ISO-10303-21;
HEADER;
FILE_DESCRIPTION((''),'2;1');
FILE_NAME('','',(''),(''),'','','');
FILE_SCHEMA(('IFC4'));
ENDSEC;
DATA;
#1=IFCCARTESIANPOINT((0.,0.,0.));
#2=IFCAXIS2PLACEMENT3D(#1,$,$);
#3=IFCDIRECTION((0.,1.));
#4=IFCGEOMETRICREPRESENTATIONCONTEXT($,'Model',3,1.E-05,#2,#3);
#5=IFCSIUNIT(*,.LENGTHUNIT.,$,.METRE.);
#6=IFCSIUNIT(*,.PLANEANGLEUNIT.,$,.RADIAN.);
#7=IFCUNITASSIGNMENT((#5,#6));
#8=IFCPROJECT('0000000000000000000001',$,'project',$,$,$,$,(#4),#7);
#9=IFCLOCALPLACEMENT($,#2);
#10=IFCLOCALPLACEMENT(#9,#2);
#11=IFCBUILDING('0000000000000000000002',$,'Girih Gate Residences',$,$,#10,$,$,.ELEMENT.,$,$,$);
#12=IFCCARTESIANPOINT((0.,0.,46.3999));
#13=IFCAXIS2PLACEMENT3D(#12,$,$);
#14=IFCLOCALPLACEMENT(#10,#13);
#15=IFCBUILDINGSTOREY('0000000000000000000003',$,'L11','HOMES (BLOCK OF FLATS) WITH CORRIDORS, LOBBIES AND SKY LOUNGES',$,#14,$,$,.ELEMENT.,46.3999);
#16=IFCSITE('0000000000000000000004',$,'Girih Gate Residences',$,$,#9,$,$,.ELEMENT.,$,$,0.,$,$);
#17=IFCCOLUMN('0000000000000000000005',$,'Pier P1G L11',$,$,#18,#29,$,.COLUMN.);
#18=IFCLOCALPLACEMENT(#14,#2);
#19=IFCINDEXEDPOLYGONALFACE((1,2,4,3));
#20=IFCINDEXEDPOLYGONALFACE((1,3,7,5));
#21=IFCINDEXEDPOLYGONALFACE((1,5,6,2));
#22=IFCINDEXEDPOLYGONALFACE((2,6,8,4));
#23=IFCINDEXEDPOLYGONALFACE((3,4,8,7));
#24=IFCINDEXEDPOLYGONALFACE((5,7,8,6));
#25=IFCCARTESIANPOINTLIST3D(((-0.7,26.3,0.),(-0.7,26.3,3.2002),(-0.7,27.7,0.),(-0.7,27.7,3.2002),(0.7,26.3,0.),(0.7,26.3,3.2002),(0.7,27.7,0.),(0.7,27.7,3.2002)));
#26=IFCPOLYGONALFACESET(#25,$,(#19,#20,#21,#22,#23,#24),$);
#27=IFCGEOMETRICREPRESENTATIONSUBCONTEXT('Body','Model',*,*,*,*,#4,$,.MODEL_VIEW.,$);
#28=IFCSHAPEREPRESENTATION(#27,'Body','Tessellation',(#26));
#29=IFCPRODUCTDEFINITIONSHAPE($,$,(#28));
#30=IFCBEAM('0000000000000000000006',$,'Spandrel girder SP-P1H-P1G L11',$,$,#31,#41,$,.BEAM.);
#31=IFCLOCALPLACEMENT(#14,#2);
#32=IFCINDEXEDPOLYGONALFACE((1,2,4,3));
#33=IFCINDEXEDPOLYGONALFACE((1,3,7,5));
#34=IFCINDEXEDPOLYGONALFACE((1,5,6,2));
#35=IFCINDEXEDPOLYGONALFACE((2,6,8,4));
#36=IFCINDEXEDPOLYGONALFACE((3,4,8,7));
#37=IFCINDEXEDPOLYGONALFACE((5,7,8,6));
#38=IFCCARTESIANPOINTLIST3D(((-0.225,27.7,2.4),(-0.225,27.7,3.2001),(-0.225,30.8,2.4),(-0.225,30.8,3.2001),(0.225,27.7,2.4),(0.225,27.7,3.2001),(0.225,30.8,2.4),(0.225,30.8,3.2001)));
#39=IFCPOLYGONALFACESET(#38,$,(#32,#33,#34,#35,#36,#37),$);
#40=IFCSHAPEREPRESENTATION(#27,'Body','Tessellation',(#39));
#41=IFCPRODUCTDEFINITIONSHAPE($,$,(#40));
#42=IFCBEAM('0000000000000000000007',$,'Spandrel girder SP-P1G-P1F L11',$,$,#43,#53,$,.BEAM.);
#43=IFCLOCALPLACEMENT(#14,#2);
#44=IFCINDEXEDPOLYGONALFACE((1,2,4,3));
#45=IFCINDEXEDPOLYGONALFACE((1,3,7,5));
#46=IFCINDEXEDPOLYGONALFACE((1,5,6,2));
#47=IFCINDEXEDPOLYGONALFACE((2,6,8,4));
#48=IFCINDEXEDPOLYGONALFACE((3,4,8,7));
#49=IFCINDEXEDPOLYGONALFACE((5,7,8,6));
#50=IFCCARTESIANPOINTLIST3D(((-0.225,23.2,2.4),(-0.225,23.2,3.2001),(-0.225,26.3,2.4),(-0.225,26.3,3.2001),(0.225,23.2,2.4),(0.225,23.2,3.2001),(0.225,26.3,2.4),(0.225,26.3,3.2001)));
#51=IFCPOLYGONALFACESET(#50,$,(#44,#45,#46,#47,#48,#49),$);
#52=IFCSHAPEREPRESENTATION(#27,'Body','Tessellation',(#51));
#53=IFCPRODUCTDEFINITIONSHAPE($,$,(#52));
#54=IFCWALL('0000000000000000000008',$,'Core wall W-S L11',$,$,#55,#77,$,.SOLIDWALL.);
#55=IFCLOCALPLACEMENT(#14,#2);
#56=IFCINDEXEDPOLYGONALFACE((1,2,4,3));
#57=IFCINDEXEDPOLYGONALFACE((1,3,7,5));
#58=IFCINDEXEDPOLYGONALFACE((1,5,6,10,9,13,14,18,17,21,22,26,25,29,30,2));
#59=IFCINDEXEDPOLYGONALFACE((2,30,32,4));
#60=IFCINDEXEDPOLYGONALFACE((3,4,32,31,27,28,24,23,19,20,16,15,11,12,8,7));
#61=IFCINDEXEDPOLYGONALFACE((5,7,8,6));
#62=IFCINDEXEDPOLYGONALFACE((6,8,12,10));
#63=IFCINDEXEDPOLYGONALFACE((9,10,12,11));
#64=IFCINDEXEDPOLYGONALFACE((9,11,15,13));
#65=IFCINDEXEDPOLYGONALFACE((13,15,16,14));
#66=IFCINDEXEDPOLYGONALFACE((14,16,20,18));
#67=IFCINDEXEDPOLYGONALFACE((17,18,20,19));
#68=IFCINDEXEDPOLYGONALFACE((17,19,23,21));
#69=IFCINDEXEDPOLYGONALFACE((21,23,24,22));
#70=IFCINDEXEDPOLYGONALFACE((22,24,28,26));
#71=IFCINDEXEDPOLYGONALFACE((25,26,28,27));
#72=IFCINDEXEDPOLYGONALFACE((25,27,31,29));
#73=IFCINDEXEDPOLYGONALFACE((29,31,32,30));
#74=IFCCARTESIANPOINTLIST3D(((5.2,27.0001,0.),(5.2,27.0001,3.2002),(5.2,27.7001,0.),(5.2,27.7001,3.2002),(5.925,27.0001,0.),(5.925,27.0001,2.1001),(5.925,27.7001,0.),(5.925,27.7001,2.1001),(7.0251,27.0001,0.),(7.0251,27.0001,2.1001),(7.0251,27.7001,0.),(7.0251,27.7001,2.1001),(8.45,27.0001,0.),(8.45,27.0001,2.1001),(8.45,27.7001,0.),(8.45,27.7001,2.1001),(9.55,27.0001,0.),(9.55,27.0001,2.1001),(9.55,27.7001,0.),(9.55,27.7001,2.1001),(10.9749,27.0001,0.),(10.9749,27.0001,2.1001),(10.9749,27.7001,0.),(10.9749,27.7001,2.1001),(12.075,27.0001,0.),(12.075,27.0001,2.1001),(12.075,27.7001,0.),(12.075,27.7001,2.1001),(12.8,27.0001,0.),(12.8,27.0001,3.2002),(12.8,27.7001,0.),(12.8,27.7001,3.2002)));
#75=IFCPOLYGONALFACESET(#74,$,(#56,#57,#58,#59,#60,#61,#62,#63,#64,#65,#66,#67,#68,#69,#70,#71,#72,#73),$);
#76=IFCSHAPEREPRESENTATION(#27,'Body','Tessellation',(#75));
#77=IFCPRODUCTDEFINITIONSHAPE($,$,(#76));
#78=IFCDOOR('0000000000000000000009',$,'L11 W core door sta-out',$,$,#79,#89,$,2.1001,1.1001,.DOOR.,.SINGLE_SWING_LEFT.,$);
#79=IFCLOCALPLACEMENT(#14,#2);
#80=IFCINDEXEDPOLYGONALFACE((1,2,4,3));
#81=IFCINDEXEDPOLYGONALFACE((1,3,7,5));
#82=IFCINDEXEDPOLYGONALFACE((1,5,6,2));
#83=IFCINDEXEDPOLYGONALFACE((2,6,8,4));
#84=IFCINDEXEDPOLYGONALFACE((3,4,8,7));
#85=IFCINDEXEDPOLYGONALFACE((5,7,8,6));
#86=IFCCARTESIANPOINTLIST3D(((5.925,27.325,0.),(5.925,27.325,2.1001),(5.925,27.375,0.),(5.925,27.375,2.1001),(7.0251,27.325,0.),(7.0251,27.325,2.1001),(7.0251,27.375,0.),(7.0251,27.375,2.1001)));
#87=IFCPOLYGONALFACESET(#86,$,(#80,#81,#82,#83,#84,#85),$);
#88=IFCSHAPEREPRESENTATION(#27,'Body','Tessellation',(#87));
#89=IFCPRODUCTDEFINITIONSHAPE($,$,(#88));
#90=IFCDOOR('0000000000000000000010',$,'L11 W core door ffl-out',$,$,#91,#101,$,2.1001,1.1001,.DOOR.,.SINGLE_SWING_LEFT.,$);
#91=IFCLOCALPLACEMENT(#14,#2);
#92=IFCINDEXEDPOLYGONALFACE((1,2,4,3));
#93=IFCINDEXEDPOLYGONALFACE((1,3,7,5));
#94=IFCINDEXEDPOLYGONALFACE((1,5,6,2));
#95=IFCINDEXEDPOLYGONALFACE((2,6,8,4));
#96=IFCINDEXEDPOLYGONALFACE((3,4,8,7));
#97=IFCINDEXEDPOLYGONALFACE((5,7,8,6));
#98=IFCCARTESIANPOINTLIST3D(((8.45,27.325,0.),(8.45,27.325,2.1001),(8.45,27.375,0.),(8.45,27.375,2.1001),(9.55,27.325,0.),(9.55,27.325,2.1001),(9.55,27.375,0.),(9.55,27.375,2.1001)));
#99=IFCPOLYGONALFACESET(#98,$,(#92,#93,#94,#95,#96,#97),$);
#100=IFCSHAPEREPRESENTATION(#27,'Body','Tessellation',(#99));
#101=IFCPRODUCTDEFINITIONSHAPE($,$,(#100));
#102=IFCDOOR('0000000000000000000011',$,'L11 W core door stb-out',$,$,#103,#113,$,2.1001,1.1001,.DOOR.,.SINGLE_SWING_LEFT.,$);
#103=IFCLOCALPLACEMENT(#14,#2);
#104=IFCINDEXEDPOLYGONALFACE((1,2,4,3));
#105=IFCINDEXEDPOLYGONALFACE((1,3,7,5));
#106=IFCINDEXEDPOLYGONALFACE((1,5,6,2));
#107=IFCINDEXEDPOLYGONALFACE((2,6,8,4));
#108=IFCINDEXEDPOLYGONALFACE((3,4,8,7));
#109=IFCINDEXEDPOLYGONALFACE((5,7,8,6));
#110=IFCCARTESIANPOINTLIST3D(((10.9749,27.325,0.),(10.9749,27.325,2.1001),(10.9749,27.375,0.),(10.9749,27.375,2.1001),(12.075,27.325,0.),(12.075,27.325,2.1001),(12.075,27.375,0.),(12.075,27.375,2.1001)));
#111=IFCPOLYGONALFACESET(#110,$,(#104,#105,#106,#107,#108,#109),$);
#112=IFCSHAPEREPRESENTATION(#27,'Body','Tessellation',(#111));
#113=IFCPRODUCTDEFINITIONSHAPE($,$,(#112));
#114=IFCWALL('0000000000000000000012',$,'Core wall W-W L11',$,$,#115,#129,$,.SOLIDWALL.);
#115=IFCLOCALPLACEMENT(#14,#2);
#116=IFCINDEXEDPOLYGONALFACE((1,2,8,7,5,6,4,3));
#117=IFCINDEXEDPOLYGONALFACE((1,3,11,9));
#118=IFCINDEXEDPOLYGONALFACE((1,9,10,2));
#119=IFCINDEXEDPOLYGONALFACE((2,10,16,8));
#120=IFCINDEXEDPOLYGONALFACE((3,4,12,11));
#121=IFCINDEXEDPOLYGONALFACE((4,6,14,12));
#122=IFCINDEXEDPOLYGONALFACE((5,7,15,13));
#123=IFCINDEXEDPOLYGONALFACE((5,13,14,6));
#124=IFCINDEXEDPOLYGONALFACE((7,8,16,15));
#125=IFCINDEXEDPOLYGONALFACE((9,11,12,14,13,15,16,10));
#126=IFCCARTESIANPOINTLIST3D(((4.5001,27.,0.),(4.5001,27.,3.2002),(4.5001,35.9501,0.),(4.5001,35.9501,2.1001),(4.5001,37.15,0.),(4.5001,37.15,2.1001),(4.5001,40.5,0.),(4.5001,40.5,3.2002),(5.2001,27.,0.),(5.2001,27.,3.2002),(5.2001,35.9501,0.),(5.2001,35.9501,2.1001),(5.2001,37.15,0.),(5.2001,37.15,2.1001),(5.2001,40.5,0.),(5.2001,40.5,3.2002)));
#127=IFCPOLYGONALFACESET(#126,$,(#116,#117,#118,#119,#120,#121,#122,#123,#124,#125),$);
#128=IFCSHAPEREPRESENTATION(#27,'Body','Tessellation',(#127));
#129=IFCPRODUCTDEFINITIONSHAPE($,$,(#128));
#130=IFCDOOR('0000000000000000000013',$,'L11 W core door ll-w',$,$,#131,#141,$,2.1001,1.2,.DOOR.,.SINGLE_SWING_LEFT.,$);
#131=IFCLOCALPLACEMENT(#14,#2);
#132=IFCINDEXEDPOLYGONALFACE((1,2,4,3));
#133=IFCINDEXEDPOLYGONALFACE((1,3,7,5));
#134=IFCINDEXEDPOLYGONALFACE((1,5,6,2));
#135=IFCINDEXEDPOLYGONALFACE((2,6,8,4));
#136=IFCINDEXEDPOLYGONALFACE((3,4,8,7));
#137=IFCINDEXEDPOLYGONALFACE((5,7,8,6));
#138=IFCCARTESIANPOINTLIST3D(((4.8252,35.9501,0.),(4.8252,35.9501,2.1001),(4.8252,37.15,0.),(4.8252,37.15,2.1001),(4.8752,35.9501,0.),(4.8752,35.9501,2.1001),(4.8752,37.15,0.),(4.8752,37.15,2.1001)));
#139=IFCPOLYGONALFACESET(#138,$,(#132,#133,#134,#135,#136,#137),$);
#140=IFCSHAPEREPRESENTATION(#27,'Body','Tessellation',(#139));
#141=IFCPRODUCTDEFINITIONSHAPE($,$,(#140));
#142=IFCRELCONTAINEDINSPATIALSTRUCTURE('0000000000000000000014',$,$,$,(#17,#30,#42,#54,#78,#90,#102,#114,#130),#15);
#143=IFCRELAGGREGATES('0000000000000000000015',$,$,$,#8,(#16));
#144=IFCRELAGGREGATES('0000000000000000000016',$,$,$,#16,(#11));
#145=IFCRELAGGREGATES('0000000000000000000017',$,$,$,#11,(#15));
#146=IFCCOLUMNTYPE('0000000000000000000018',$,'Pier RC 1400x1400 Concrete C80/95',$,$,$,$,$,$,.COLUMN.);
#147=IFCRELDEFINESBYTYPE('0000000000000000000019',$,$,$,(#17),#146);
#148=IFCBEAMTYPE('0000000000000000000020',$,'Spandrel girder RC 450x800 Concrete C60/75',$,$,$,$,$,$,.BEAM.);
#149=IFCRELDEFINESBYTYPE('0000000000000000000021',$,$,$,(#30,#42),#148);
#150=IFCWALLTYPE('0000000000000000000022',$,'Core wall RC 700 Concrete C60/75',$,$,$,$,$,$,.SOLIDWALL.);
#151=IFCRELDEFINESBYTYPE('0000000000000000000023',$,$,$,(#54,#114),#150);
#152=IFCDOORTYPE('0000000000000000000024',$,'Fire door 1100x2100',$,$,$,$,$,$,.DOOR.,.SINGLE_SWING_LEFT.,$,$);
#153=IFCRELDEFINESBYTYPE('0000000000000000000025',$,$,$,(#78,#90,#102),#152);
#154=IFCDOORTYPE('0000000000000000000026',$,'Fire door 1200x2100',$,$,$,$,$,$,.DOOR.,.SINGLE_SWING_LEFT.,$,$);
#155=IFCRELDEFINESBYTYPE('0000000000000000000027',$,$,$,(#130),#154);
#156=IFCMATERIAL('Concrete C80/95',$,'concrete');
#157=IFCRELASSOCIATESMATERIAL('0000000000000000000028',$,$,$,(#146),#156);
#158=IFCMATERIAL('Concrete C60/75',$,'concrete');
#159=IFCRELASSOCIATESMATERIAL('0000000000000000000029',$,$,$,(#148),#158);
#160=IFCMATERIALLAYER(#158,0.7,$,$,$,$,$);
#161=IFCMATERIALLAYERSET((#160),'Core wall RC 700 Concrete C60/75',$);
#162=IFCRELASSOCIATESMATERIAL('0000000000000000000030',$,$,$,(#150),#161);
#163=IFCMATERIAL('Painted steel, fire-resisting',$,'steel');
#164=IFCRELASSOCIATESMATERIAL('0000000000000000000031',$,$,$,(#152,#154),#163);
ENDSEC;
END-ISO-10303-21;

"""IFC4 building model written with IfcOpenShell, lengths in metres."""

from ifc_helpers import new_model, si_unit, direction, frame, frame_2d, origin, origin_2d, place, context, subcontext, project, spatial, rectangle, extrude, material, layer, layer_set, material_profile, profile_set, type_object, element, fill, save


model = new_model("IFC4")

# Units and contexts
model_context = context("Model", 3, precision=1e-05, world=origin(), true_north=direction((0.0, 1.0)))
body_context = subcontext(model_context, "Body", "Model", "MODEL_VIEW")
ifc_project = project(units=[si_unit("LENGTHUNIT", "METRE"), si_unit("PLANEANGLEUNIT", "RADIAN")], contexts=[model_context])

# Site, building, storey
site_placement = place(None, origin())
site = spatial("IfcSite", under=ifc_project, at=site_placement, Name="Girih Gate Residences", CompositionType="ELEMENT", RefElevation=0.0)
building_placement = place(site_placement, origin())
building = spatial("IfcBuilding", under=site, at=building_placement, Name="Girih Gate Residences", CompositionType="ELEMENT")
storey_placement = place(building_placement, frame((0.0, 0.0, 46.3999)))
storey = spatial("IfcBuildingStorey", under=building, at=storey_placement, Name="L11", Description="HOMES (BLOCK OF FLATS) WITH CORRIDORS, LOBBIES AND SKY LOUNGES", CompositionType="ELEMENT", Elevation=46.3999)

# Column
ifc_material_1 = material(Name="Concrete C80/95", Category="concrete")
ifc_material_profile_1 = material_profile(ifc_material_1, rectangle(XDim=1.3999, YDim=1.3999, at=origin_2d()))
ifc_profile_set_1 = profile_set([ifc_material_profile_1], Name="Concrete C80/95")
column_type = type_object("IfcColumnType", Name="Pier RC 1400x1400 Concrete C80/95", PredefinedType="COLUMN", material=ifc_profile_set_1)
column_placement = place(storey_placement, frame((0.0, 27.0, 0.0), z_axis=(0.0, 0.0, 1.0), x_axis=(1.0, 0.0, 0.0)))
element("IfcColumn", 1, at=column_placement, inside=storey, type_object=column_type, Name="Pier P1G L11", PredefinedType="COLUMN", context=body_context, shape_type="SweptSolid", body=[
    extrude(rectangle(XDim=1.3999, YDim=1.3999, at=origin_2d()), origin(), (0.0, 0.0, 1.0), 3.2002),
])

# Beams
ifc_material_2 = material(Name="Concrete C60/75", Category="concrete")
ifc_material_profile_2 = material_profile(ifc_material_2, rectangle(XDim=0.45, YDim=0.8, at=origin_2d()))
ifc_profile_set_2 = profile_set([ifc_material_profile_2], Name="Concrete C60/75")
beam_type = type_object("IfcBeamType", Name="Spandrel girder RC 450x800 Concrete C60/75", PredefinedType="BEAM", material=ifc_profile_set_2)
for number, where, z_axis, x_axis, name in (
    (2, (0.0, 30.8, 2.8), (0.0, -1.0, 0.0), (1.0, 0.0, 0.0), "Spandrel girder SP-P1H-P1G L11"),
    (3, (0.0, 26.3, 2.8), (0.0, -1.0, 0.0), (1.0, 0.0, 0.0), "Spandrel girder SP-P1G-P1F L11"),
):
    element("IfcBeam", number, at=place(storey_placement, frame(where, z_axis=z_axis, x_axis=x_axis)), inside=storey, type_object=beam_type, Name=name, PredefinedType="BEAM", context=body_context, shape_type="SweptSolid", body=[
        extrude(rectangle(XDim=0.45, YDim=0.8, at=origin_2d()), origin(), (0.0, 0.0, 1.0), 3.1001),
    ])

# Wall, openings, doors
ifc_layer_1 = layer(ifc_material_2, 0.7)
ifc_layer_set_1 = layer_set([ifc_layer_1], Name="Core wall RC 700 Concrete C60/75")
wall_type_1 = type_object("IfcWallType", Name="Core wall RC 700 Concrete C60/75", PredefinedType="SOLIDWALL", material=ifc_layer_set_1)
wall_1_placement = place(storey_placement, frame((5.2, 27.3501, 0.0), z_axis=(0.0, 0.0, 1.0), x_axis=(1.0, 0.0, 0.0)))
wall_1 = element("IfcWall", 4, at=wall_1_placement, inside=storey, type_object=wall_type_1, Name="Core wall W-S L11", PredefinedType="SOLIDWALL", context=body_context, shape_type="SweptSolid", body=[
    extrude(rectangle(XDim=7.6001, YDim=0.7, at=frame_2d((3.8, 0.0))), origin(), (0.0, 0.0, 1.0), 3.2002),
])
opening_1_placement = place(wall_1_placement, frame((0.7251, 0.0, 0.0)))
opening_1 = element("IfcOpeningElement", 5, at=opening_1_placement, cuts=wall_1, PredefinedType="OPENING", context=body_context, shape_type="SweptSolid", body=[
    extrude(rectangle(XDim=1.1001, YDim=2.1001, at=frame_2d((0.55, 1.05))), frame((0.0, 0.3599, 0.0), z_axis=(0.0, -1.0, 0.0), x_axis=(1.0, 0.0, 0.0)), (0.0, 0.0, 1.0), 0.72),
])
opening_2_placement = place(wall_1_placement, frame((3.25, 0.0, 0.0)))
opening_2 = element("IfcOpeningElement", 6, at=opening_2_placement, cuts=wall_1, PredefinedType="OPENING", context=body_context, shape_type="SweptSolid", body=[
    extrude(rectangle(XDim=1.1001, YDim=2.1001, at=frame_2d((0.55, 1.05))), frame((0.0, 0.3599, 0.0), z_axis=(0.0, -1.0, 0.0), x_axis=(1.0, 0.0, 0.0)), (0.0, 0.0, 1.0), 0.72),
])
opening_3_placement = place(wall_1_placement, frame((5.7749, 0.0, 0.0)))
opening_3 = element("IfcOpeningElement", 7, at=opening_3_placement, cuts=wall_1, PredefinedType="OPENING", context=body_context, shape_type="SweptSolid", body=[
    extrude(rectangle(XDim=1.1001, YDim=2.1001, at=frame_2d((0.55, 1.05))), frame((0.0, 0.3599, 0.0), z_axis=(0.0, -1.0, 0.0), x_axis=(1.0, 0.0, 0.0)), (0.0, 0.0, 1.0), 0.72),
])
ifc_material_3 = material(Name="Painted steel, fire-resisting", Category="steel")
door_type_1 = type_object("IfcDoorType", Name="Fire door 1100x2100", OperationType="SINGLE_SWING_LEFT", PredefinedType="DOOR", material=ifc_material_3)
door_1_placement = place(opening_1_placement, origin())
door_1 = element("IfcDoor", 8, at=door_1_placement, inside=storey, type_object=door_type_1, Name="L11 W core door sta-out", OperationType="SINGLE_SWING_LEFT", OverallHeight=2.1001, OverallWidth=1.1001, PredefinedType="DOOR", context=body_context, shape_type="SweptSolid", body=[
    extrude(rectangle(XDim=1.1001, YDim=2.1001, at=frame_2d((0.55, 1.05))), frame((0.0, 0.0249, 0.0), z_axis=(0.0, -1.0, 0.0), x_axis=(1.0, 0.0, 0.0)), (0.0, 0.0, 1.0), 0.05),
])
fill(opening_1, door_1)
door_2_placement = place(opening_2_placement, origin())
door_2 = element("IfcDoor", 9, at=door_2_placement, inside=storey, type_object=door_type_1, Name="L11 W core door ffl-out", OperationType="SINGLE_SWING_LEFT", OverallHeight=2.1001, OverallWidth=1.1001, PredefinedType="DOOR", context=body_context, shape_type="SweptSolid", body=[
    extrude(rectangle(XDim=1.1001, YDim=2.1001, at=frame_2d((0.55, 1.05))), frame((0.0, 0.0249, 0.0), z_axis=(0.0, -1.0, 0.0), x_axis=(1.0, 0.0, 0.0)), (0.0, 0.0, 1.0), 0.05),
])
fill(opening_2, door_2)
door_3_placement = place(opening_3_placement, origin())
door_3 = element("IfcDoor", 10, at=door_3_placement, inside=storey, type_object=door_type_1, Name="L11 W core door stb-out", OperationType="SINGLE_SWING_LEFT", OverallHeight=2.1001, OverallWidth=1.1001, PredefinedType="DOOR", context=body_context, shape_type="SweptSolid", body=[
    extrude(rectangle(XDim=1.1001, YDim=2.1001, at=frame_2d((0.55, 1.05))), frame((0.0, 0.0249, 0.0), z_axis=(0.0, -1.0, 0.0), x_axis=(1.0, 0.0, 0.0)), (0.0, 0.0, 1.0), 0.05),
])
fill(opening_3, door_3)

# Wall, opening, door
wall_2_placement = place(storey_placement, frame((4.8501, 27.0, 0.0), z_axis=(0.0, 0.0, 1.0), x_axis=(0.0, 1.0, 0.0)))
wall_2 = element("IfcWall", 11, at=wall_2_placement, inside=storey, type_object=wall_type_1, Name="Core wall W-W L11", PredefinedType="SOLIDWALL", context=body_context, shape_type="SweptSolid", body=[
    extrude(rectangle(XDim=13.5, YDim=0.7, at=frame_2d((6.75, 0.0))), origin(), (0.0, 0.0, 1.0), 3.2002),
])
opening_4_placement = place(wall_2_placement, frame((8.95, 0.0, 0.0)))
opening_4 = element("IfcOpeningElement", 12, at=opening_4_placement, cuts=wall_2, PredefinedType="OPENING", context=body_context, shape_type="SweptSolid", body=[
    extrude(rectangle(XDim=1.2, YDim=2.1001, at=frame_2d((0.6001, 1.05))), frame((0.0, 0.3599, 0.0), z_axis=(0.0, -1.0, 0.0), x_axis=(1.0, 0.0, 0.0)), (0.0, 0.0, 1.0), 0.72),
])
door_type_2 = type_object("IfcDoorType", Name="Fire door 1200x2100", OperationType="SINGLE_SWING_LEFT", PredefinedType="DOOR", material=ifc_material_3)
door_4_placement = place(opening_4_placement, origin())
door_4 = element("IfcDoor", 13, at=door_4_placement, inside=storey, type_object=door_type_2, Name="L11 W core door ll-w", OperationType="SINGLE_SWING_LEFT", OverallHeight=2.1001, OverallWidth=1.2, PredefinedType="DOOR", context=body_context, shape_type="SweptSolid", body=[
    extrude(rectangle(XDim=1.2, YDim=2.1001, at=frame_2d((0.6001, 1.05))), frame((0.0, 0.0249, 0.0), z_axis=(0.0, -1.0, 0.0), x_axis=(1.0, 0.0, 0.0)), (0.0, 0.0, 1.0), 0.05),
])
fill(opening_4, door_4)

save(model, "model.ifc")
